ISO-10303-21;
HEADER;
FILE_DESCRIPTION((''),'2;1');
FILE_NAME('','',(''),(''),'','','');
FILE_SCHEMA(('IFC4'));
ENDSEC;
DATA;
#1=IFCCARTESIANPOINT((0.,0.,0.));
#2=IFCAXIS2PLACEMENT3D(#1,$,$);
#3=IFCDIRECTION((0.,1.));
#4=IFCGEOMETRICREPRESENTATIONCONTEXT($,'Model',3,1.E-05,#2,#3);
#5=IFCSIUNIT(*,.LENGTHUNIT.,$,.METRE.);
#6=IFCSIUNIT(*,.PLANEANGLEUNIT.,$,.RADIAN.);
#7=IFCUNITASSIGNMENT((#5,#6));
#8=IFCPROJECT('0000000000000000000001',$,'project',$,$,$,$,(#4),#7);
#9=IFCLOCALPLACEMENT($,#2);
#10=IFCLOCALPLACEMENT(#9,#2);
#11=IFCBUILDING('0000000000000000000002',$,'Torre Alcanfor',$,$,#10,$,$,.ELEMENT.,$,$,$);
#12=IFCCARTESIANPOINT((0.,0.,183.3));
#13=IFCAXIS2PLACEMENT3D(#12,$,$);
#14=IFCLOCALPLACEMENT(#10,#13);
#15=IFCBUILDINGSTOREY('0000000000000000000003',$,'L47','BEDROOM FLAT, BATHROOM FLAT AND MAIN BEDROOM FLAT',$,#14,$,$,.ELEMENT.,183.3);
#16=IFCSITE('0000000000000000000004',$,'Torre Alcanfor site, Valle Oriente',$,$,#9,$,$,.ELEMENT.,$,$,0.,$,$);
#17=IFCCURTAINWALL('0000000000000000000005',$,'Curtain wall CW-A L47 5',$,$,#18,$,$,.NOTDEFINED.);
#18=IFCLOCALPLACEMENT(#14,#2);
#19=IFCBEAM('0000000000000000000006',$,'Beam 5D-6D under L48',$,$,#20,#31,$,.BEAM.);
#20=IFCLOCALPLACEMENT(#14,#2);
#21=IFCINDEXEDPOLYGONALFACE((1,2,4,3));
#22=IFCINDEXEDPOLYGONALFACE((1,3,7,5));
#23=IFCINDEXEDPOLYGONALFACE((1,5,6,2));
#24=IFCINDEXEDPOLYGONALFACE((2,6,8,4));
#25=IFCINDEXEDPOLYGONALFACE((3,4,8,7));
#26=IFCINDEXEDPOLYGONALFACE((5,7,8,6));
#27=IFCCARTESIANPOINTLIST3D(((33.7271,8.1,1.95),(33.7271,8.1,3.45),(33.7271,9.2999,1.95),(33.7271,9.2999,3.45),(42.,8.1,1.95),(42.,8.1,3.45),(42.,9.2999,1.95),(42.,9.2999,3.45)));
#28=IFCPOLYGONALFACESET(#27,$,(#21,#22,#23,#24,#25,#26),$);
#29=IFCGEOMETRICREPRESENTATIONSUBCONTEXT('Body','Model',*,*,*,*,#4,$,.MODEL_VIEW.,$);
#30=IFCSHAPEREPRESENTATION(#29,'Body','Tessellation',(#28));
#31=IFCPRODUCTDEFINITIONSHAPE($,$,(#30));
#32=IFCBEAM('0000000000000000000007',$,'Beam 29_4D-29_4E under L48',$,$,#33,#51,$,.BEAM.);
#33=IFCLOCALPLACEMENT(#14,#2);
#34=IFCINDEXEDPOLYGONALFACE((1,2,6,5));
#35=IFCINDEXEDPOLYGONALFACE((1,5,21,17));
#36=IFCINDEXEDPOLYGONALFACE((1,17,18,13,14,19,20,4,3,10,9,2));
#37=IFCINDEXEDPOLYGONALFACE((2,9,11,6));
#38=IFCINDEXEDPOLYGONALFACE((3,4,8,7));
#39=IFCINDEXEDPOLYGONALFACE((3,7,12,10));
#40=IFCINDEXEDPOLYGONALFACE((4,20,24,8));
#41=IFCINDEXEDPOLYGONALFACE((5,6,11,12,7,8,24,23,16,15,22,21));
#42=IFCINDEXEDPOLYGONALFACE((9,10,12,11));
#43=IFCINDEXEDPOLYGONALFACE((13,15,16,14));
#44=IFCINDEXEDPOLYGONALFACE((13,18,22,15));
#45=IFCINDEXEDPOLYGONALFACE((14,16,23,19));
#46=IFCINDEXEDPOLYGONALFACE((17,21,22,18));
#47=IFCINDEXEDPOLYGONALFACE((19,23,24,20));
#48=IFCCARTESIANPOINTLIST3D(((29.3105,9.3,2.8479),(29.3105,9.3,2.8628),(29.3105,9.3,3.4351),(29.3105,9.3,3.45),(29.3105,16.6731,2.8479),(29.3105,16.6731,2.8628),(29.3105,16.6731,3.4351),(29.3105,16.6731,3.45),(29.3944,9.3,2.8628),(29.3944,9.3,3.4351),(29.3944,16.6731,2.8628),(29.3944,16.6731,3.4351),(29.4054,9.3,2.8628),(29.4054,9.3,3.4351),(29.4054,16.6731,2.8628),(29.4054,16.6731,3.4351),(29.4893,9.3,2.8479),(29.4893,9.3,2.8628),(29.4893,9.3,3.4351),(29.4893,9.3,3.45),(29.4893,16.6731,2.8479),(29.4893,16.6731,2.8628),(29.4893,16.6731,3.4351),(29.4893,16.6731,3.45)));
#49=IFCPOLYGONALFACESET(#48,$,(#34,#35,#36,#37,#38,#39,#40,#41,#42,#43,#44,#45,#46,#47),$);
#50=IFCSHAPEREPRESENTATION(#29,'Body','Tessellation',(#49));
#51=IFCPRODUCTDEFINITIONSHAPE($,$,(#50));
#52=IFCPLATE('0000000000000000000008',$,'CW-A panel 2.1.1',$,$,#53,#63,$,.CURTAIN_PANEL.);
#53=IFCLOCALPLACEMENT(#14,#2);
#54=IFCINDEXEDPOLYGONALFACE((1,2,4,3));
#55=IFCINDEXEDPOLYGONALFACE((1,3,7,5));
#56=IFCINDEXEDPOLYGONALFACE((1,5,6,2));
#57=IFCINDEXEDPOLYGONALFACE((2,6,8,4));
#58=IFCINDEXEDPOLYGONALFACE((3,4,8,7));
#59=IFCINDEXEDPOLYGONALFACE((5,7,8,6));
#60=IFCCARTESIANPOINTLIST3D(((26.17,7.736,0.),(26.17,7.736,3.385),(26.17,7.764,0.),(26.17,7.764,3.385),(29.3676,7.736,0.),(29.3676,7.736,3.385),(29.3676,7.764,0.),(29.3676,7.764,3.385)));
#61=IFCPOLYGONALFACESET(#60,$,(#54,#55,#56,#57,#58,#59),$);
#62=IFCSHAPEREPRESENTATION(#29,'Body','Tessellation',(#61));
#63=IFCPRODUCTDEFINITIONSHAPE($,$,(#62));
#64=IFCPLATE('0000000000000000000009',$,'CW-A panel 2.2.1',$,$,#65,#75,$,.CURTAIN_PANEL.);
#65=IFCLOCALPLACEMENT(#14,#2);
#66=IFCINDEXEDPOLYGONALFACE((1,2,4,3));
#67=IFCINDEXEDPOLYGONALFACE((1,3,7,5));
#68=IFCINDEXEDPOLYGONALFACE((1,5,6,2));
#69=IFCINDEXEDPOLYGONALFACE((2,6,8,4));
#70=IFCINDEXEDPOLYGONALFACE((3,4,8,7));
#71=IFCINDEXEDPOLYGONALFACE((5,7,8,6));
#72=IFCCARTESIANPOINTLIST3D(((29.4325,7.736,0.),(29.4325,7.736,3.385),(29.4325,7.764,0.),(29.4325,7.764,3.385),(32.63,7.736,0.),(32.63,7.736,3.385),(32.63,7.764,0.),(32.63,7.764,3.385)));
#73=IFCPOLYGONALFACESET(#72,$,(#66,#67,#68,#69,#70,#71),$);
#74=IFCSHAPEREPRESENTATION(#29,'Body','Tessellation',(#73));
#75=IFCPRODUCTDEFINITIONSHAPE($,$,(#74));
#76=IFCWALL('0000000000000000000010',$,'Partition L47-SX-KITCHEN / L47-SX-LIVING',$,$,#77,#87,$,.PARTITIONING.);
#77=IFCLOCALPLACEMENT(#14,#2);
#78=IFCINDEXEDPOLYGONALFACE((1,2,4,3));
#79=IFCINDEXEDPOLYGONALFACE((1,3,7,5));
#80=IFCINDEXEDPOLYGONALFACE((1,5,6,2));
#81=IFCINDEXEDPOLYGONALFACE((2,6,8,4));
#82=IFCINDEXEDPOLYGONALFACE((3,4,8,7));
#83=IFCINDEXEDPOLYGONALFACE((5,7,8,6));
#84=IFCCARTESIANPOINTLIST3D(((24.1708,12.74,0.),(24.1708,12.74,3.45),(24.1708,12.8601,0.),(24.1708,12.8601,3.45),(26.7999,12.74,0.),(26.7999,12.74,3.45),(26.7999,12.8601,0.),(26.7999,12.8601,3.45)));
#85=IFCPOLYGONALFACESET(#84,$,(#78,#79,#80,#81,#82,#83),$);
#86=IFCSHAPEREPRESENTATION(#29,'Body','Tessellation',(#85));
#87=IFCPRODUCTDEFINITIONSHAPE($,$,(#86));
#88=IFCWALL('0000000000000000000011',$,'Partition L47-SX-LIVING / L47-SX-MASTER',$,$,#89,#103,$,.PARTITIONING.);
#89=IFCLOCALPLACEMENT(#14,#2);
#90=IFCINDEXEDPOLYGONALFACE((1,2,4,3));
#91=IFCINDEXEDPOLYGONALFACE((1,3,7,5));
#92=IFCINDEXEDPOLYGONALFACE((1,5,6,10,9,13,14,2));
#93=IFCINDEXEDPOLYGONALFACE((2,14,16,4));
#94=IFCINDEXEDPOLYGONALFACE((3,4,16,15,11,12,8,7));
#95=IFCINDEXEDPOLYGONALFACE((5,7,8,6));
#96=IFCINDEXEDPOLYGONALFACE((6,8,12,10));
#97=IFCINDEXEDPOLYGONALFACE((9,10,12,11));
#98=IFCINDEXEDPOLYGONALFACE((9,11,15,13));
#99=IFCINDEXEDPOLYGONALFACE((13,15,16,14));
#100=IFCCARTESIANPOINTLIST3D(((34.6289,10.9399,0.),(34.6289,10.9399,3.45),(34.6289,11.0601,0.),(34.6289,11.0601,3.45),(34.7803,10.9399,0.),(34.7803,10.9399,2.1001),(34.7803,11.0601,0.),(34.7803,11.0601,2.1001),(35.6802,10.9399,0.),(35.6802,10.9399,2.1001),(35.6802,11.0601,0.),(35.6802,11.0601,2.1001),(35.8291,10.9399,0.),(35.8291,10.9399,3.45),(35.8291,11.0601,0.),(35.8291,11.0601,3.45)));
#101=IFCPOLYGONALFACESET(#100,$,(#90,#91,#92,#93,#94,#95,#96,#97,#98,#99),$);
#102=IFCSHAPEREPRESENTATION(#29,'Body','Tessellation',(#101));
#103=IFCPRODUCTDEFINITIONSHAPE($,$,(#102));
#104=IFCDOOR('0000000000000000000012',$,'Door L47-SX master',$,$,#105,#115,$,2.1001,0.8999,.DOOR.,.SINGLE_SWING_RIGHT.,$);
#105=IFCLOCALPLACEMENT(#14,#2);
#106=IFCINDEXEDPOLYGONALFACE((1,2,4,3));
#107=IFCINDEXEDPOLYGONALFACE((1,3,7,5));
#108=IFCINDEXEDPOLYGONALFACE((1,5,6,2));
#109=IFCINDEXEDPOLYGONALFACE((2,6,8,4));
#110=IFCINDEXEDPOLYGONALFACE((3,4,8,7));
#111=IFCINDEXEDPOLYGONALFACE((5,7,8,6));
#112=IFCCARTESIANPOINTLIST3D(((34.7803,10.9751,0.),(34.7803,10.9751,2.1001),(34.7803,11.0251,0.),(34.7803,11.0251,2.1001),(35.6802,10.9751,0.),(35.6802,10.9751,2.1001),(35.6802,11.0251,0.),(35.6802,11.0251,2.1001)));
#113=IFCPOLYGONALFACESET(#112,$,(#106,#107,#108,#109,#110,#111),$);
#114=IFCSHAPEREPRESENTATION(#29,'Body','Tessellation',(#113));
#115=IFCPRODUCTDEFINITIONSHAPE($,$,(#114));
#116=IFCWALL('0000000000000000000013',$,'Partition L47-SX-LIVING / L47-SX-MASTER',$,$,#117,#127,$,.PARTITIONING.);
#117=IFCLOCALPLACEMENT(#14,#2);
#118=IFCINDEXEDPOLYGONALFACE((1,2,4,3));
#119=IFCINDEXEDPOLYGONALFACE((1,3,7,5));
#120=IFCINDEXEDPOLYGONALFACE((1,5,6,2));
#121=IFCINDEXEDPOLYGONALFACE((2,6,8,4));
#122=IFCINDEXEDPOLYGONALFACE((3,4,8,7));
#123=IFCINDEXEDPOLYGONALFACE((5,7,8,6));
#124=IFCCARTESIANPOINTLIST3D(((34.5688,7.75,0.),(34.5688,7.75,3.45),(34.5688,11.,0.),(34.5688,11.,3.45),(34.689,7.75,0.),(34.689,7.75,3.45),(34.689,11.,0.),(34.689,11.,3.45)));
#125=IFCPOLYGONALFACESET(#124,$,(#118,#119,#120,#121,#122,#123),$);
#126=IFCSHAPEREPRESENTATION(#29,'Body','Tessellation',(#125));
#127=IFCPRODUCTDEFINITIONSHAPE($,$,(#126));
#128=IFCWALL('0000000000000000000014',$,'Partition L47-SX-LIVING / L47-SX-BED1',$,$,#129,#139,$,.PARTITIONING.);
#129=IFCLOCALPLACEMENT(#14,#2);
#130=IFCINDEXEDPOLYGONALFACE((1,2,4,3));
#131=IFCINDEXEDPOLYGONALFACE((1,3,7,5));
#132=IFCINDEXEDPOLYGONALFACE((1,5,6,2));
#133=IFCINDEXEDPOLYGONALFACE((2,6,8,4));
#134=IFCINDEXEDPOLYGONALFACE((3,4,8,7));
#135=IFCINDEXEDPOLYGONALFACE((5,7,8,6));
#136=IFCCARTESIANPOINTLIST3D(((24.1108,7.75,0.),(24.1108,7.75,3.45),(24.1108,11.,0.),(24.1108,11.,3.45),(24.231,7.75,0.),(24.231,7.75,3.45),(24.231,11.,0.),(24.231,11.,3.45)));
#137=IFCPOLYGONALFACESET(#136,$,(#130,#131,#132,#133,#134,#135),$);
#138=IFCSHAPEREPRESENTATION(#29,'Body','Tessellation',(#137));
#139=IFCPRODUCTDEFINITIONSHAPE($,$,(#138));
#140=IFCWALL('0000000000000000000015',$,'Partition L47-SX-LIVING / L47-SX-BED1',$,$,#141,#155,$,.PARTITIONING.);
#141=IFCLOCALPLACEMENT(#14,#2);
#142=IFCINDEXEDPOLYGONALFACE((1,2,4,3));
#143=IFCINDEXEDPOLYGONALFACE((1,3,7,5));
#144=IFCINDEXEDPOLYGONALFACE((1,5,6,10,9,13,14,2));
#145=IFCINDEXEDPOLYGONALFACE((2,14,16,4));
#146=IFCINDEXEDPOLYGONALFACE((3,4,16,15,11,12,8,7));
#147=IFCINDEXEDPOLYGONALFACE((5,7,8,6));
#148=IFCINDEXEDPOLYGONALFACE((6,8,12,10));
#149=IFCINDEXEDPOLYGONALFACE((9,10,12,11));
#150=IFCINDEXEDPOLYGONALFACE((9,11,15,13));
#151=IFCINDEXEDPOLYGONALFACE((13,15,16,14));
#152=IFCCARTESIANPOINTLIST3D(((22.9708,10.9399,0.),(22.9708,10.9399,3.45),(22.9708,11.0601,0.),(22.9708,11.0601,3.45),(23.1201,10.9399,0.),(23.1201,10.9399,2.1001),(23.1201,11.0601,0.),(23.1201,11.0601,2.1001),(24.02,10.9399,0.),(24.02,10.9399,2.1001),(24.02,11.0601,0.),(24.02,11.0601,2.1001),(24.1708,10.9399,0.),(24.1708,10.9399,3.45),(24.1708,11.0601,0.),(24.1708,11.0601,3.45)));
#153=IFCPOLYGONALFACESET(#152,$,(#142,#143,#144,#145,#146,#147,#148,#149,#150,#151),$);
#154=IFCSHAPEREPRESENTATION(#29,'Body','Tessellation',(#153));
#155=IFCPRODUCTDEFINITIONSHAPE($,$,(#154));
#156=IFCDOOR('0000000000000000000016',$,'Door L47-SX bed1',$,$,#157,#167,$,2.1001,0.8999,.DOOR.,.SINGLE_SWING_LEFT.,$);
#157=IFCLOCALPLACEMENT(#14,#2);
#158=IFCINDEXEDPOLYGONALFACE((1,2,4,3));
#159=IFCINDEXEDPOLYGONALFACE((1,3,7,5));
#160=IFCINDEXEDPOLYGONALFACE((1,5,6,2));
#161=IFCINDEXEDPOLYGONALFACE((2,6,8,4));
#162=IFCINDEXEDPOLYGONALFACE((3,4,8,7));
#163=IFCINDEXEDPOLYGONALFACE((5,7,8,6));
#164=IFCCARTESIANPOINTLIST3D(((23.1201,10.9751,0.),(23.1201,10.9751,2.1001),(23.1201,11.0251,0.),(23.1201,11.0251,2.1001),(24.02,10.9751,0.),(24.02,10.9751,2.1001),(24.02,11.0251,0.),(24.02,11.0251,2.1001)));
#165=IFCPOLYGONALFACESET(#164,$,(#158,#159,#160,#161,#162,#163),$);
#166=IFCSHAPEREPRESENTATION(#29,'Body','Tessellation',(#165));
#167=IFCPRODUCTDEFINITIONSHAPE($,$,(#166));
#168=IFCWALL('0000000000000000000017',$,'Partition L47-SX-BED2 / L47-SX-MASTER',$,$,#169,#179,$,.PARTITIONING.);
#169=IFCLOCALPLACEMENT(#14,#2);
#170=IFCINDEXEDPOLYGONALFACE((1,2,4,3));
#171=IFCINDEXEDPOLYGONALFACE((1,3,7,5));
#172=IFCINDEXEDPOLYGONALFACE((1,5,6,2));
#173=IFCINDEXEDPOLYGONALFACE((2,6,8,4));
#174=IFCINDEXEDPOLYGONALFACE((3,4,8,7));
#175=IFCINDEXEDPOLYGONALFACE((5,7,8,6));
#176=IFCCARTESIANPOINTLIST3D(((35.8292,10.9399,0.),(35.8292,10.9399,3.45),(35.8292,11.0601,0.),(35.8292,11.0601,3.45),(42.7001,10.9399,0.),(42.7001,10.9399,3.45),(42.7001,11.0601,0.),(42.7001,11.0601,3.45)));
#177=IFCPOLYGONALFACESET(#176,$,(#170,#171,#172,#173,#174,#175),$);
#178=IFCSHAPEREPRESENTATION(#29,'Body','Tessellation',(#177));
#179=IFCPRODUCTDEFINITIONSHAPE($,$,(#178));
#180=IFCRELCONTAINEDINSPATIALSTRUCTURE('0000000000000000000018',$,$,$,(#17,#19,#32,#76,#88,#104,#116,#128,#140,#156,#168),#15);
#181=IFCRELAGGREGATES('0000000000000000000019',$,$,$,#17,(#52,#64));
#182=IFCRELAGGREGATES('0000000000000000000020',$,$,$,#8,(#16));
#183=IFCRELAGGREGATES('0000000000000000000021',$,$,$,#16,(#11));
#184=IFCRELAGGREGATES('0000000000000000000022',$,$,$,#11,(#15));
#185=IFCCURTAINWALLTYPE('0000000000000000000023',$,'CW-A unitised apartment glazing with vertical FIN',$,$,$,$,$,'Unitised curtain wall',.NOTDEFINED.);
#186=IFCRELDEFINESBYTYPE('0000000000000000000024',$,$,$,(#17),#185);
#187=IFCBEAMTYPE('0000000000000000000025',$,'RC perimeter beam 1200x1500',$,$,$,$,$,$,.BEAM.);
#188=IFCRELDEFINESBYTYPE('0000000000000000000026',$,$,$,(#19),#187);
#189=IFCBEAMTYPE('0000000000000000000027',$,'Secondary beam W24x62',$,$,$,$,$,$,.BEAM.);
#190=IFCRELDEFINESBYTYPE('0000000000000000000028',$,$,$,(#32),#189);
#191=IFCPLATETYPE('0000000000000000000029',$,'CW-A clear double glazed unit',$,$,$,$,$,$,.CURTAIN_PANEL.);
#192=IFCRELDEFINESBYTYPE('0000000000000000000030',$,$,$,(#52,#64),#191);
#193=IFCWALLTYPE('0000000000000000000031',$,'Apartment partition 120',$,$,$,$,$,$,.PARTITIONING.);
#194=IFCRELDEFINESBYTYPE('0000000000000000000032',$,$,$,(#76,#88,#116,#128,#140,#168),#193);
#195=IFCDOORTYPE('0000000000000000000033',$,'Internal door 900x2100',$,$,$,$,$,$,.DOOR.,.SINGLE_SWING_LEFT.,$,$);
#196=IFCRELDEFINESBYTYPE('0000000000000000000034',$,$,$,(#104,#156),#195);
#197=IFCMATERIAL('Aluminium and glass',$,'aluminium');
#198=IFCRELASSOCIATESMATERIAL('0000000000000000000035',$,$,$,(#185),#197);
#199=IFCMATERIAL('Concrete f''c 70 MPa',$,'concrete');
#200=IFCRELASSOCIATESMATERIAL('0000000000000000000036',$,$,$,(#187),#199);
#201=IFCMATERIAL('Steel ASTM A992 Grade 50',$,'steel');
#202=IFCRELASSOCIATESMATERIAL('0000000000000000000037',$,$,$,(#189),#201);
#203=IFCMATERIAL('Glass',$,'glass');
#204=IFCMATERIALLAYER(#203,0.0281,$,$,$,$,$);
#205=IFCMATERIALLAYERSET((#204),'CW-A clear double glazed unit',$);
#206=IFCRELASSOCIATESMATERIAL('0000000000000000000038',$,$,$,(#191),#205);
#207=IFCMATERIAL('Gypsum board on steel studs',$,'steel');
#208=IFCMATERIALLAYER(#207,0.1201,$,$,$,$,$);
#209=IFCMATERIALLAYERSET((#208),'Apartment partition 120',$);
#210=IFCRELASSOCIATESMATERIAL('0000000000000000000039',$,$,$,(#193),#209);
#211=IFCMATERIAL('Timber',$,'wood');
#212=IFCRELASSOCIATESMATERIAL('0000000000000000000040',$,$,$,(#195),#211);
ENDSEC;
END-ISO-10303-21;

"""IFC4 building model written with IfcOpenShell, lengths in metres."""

from ifc_helpers import new_model, si_unit, direction, frame, frame_2d, origin, origin_2d, place, context, subcontext, project, spatial, rectangle, i_section, extrude, material, layer, layer_set, material_profile, profile_set, type_object, element, fill, aggregate, save


model = new_model("IFC4")

# Units and contexts
model_context = context("Model", 3, precision=1e-05, world=origin(), true_north=direction((0.0, 1.0)))
body_context = subcontext(model_context, "Body", "Model", "MODEL_VIEW")
ifc_project = project(units=[si_unit("LENGTHUNIT", "METRE"), si_unit("PLANEANGLEUNIT", "RADIAN")], contexts=[model_context])

# Site, building, storey
site_placement = place(None, origin())
site = spatial("IfcSite", under=ifc_project, at=site_placement, Name="Torre Alcanfor site, Valle Oriente", CompositionType="ELEMENT", RefElevation=0.0)
building_placement = place(site_placement, origin())
building = spatial("IfcBuilding", under=site, at=building_placement, Name="Torre Alcanfor", CompositionType="ELEMENT")
storey_placement = place(building_placement, frame((0.0, 0.0, 183.3)))
storey = spatial("IfcBuildingStorey", under=building, at=storey_placement, Name="L47", Description="BEDROOM FLAT, BATHROOM FLAT AND MAIN BEDROOM FLAT", CompositionType="ELEMENT", Elevation=183.3)

# Curtain wall
ifc_material_1 = material(Name="Aluminium and glass", Category="aluminium")
curtain_wall_type = type_object("IfcCurtainWallType", Name="CW-A unitised apartment glazing with vertical FIN", ElementType="Unitised curtain wall", PredefinedType="NOTDEFINED", material=ifc_material_1)
curtain_wall_placement = place(storey_placement, origin())
curtain_wall = element("IfcCurtainWall", 1, at=curtain_wall_placement, inside=storey, type_object=curtain_wall_type, Name="Curtain wall CW-A L47 5", PredefinedType="NOTDEFINED")

# Beams
ifc_material_2 = material(Name="Concrete f'c 70 MPa", Category="concrete")
ifc_material_profile_1 = material_profile(ifc_material_2, rectangle(XDim=1.2, YDim=1.5, at=origin_2d()), Name="1200x1500")
ifc_profile_set_1 = profile_set([ifc_material_profile_1], Name="Concrete f'c 70 MPa")
beam_type_1 = type_object("IfcBeamType", Name="RC perimeter beam 1200x1500", PredefinedType="BEAM", material=ifc_profile_set_1)
beam_1_placement = place(storey_placement, frame((33.7271, 8.7, 2.7), z_axis=(1.0, 0.0, 0.0), x_axis=(0.0, 1.0, 0.0)))
element("IfcBeam", 2, at=beam_1_placement, inside=storey, type_object=beam_type_1, Name="Beam 5D-6D under L48", PredefinedType="BEAM", context=body_context, shape_type="SweptSolid", body=[
    extrude(rectangle(XDim=1.2, YDim=1.5, at=origin_2d()), origin(), (0.0, 0.0, 1.0), 8.2729),
])
ifc_material_3 = material(Name="Steel ASTM A992 Grade 50", Category="steel")
ifc_material_profile_2 = material_profile(ifc_material_3, i_section(OverallWidth=0.1787, OverallDepth=0.6021, WebThickness=0.011, FlangeThickness=0.0149, at=origin_2d()), Name="W24x62")
ifc_profile_set_2 = profile_set([ifc_material_profile_2], Name="Steel ASTM A992 Grade 50")
beam_type_2 = type_object("IfcBeamType", Name="Secondary beam W24x62", PredefinedType="BEAM", material=ifc_profile_set_2)
beam_2_placement = place(storey_placement, frame((29.3999, 9.3, 3.1489), z_axis=(0.0, 1.0, 0.0), x_axis=(-1.0, 0.0, 0.0)))
element("IfcBeam", 3, at=beam_2_placement, inside=storey, type_object=beam_type_2, Name="Beam 29_4D-29_4E under L48", PredefinedType="BEAM", context=body_context, shape_type="SweptSolid", body=[
    extrude(i_section(OverallWidth=0.1787, OverallDepth=0.6021, WebThickness=0.011, FlangeThickness=0.0149, at=origin_2d()), origin(), (0.0, 0.0, 1.0), 7.373),
])

# Plates
ifc_material_4 = material(Name="Glass", Category="glass")
ifc_layer_1 = layer(ifc_material_4, 0.0281)
ifc_layer_set_1 = layer_set([ifc_layer_1], Name="CW-A clear double glazed unit")
plate_type = type_object("IfcPlateType", Name="CW-A clear double glazed unit", PredefinedType="CURTAIN_PANEL", material=ifc_layer_set_1)
plate_1_placement = place(storey_placement, frame((27.7688, 7.75, 0.0), z_axis=(0.0, 0.0, 1.0), x_axis=(1.0, 0.0, 0.0)))
plate_1 = element("IfcPlate", 4, at=plate_1_placement, type_object=plate_type, Name="CW-A panel 2.1.1", PredefinedType="CURTAIN_PANEL", context=body_context, shape_type="SweptSolid", body=[
    extrude(rectangle(XDim=3.1975, YDim=0.0281, at=origin_2d()), origin(), (0.0, 0.0, 1.0), 3.385),
])
plate_2_placement = place(storey_placement, frame((31.0312, 7.75, 0.0), z_axis=(0.0, 0.0, 1.0), x_axis=(1.0, 0.0, 0.0)))
plate_2 = element("IfcPlate", 5, at=plate_2_placement, type_object=plate_type, Name="CW-A panel 2.2.1", PredefinedType="CURTAIN_PANEL", context=body_context, shape_type="SweptSolid", body=[
    extrude(rectangle(XDim=3.1975, YDim=0.0281, at=origin_2d()), origin(), (0.0, 0.0, 1.0), 3.385),
])
aggregate(curtain_wall, [plate_1, plate_2])

# Wall
ifc_material_5 = material(Name="Gypsum board on steel studs", Category="steel")
ifc_layer_2 = layer(ifc_material_5, 0.1201)
ifc_layer_set_2 = layer_set([ifc_layer_2], Name="Apartment partition 120")
wall_type_1 = type_object("IfcWallType", Name="Apartment partition 120", PredefinedType="PARTITIONING", material=ifc_layer_set_2)
wall_1_placement = place(storey_placement, frame((24.1709, 12.8, 0.0), z_axis=(0.0, 0.0, 1.0), x_axis=(1.0, 0.0, 0.0)))
element("IfcWall", 6, at=wall_1_placement, inside=storey, type_object=wall_type_1, Name="Partition L47-SX-KITCHEN / L47-SX-LIVING", PredefinedType="PARTITIONING", context=body_context, shape_type="SweptSolid", body=[
    extrude(rectangle(XDim=2.6292, YDim=0.1201, at=frame_2d((1.3145, 0.0))), origin(), (0.0, 0.0, 1.0), 3.45),
])

# Wall, opening, door
wall_2_placement = place(storey_placement, frame((35.8291, 11.0, 0.0), z_axis=(0.0, 0.0, 1.0), x_axis=(-1.0, 0.0, 0.0)))
wall_2 = element("IfcWall", 7, at=wall_2_placement, inside=storey, type_object=wall_type_1, Name="Partition L47-SX-LIVING / L47-SX-MASTER", PredefinedType="PARTITIONING", context=body_context, shape_type="SweptSolid", body=[
    extrude(rectangle(XDim=1.2002, YDim=0.1201, at=frame_2d((0.6001, 0.0))), origin(), (0.0, 0.0, 1.0), 3.45),
])
opening_1_placement = place(wall_2_placement, frame((0.1489, 0.0, 0.0)))
opening_1 = element("IfcOpeningElement", 8, at=opening_1_placement, cuts=wall_2, PredefinedType="OPENING", context=body_context, shape_type="SweptSolid", body=[
    extrude(rectangle(XDim=0.8999, YDim=2.1001, at=frame_2d((0.45, 1.05))), frame((0.0, 0.0701, 0.0), z_axis=(0.0, -1.0, 0.0), x_axis=(1.0, 0.0, 0.0)), (0.0, 0.0, 1.0), 0.1401),
])
ifc_material_6 = material(Name="Timber", Category="wood")
door_type_1 = type_object("IfcDoorType", Name="Internal door 900x2100", OperationType="SINGLE_SWING_LEFT", PredefinedType="DOOR", material=ifc_material_6)
door_1_placement = place(opening_1_placement, origin())
door_1 = element("IfcDoor", 9, at=door_1_placement, inside=storey, type_object=door_type_1, Name="Door L47-SX master", OperationType="SINGLE_SWING_RIGHT", OverallHeight=2.1001, OverallWidth=0.8999, PredefinedType="DOOR", context=body_context, shape_type="SweptSolid", body=[
    extrude(rectangle(XDim=0.8999, YDim=2.1001, at=frame_2d((0.45, 1.05))), frame((0.0, 0.0249, 0.0), z_axis=(0.0, -1.0, 0.0), x_axis=(1.0, 0.0, 0.0)), (0.0, 0.0, 1.0), 0.05),
])
fill(opening_1, door_1)

# Walls
for number, where, z_axis, x_axis, name in (
    (10, (34.6289, 11.0, 0.0), (0.0, 0.0, 1.0), (0.0, -1.0, 0.0), "Partition L47-SX-LIVING / L47-SX-MASTER"),
    (11, (24.1709, 7.75, 0.0), (0.0, 0.0, 1.0), (0.0, 1.0, 0.0), "Partition L47-SX-LIVING / L47-SX-BED1"),
):
    element("IfcWall", number, at=place(storey_placement, frame(where, z_axis=z_axis, x_axis=x_axis)), inside=storey, type_object=wall_type_1, Name=name, PredefinedType="PARTITIONING", context=body_context, shape_type="SweptSolid", body=[
        extrude(rectangle(XDim=3.25, YDim=0.1201, at=frame_2d((1.625, 0.0))), origin(), (0.0, 0.0, 1.0), 3.45),
    ])

# Wall, opening, door
wall_3_placement = place(storey_placement, frame((24.1709, 11.0, 0.0), z_axis=(0.0, 0.0, 1.0), x_axis=(-1.0, 0.0, 0.0)))
wall_3 = element("IfcWall", 12, at=wall_3_placement, inside=storey, type_object=wall_type_1, Name="Partition L47-SX-LIVING / L47-SX-BED1", PredefinedType="PARTITIONING", context=body_context, shape_type="SweptSolid", body=[
    extrude(rectangle(XDim=1.2, YDim=0.1201, at=frame_2d((0.6001, 0.0))), origin(), (0.0, 0.0, 1.0), 3.45),
])
opening_2_placement = place(wall_3_placement, frame((0.1509, 0.0, 0.0)))
opening_2 = element("IfcOpeningElement", 13, at=opening_2_placement, cuts=wall_3, PredefinedType="OPENING", context=body_context, shape_type="SweptSolid", body=[
    extrude(rectangle(XDim=0.8999, YDim=2.1001, at=frame_2d((0.45, 1.05))), frame((0.0, 0.0701, 0.0), z_axis=(0.0, -1.0, 0.0), x_axis=(1.0, 0.0, 0.0)), (0.0, 0.0, 1.0), 0.1401),
])
door_2_placement = place(opening_2_placement, origin())
door_2 = element("IfcDoor", 14, at=door_2_placement, inside=storey, type_object=door_type_1, Name="Door L47-SX bed1", OperationType="SINGLE_SWING_LEFT", OverallHeight=2.1001, OverallWidth=0.8999, PredefinedType="DOOR", context=body_context, shape_type="SweptSolid", body=[
    extrude(rectangle(XDim=0.8999, YDim=2.1001, at=frame_2d((0.45, 1.05))), frame((0.0, 0.0249, 0.0), z_axis=(0.0, -1.0, 0.0), x_axis=(1.0, 0.0, 0.0)), (0.0, 0.0, 1.0), 0.05),
])
fill(opening_2, door_2)

# Wall
wall_4_placement = place(storey_placement, frame((35.8291, 11.0, 0.0), z_axis=(0.0, 0.0, 1.0), x_axis=(1.0, 0.0, 0.0)))
element("IfcWall", 15, at=wall_4_placement, inside=storey, type_object=wall_type_1, Name="Partition L47-SX-BED2 / L47-SX-MASTER", PredefinedType="PARTITIONING", context=body_context, shape_type="SweptSolid", body=[
    extrude(rectangle(XDim=6.8708, YDim=0.1201, at=frame_2d((3.4355, 0.0))), origin(), (0.0, 0.0, 1.0), 3.45),
])

save(model, "model.ifc")
